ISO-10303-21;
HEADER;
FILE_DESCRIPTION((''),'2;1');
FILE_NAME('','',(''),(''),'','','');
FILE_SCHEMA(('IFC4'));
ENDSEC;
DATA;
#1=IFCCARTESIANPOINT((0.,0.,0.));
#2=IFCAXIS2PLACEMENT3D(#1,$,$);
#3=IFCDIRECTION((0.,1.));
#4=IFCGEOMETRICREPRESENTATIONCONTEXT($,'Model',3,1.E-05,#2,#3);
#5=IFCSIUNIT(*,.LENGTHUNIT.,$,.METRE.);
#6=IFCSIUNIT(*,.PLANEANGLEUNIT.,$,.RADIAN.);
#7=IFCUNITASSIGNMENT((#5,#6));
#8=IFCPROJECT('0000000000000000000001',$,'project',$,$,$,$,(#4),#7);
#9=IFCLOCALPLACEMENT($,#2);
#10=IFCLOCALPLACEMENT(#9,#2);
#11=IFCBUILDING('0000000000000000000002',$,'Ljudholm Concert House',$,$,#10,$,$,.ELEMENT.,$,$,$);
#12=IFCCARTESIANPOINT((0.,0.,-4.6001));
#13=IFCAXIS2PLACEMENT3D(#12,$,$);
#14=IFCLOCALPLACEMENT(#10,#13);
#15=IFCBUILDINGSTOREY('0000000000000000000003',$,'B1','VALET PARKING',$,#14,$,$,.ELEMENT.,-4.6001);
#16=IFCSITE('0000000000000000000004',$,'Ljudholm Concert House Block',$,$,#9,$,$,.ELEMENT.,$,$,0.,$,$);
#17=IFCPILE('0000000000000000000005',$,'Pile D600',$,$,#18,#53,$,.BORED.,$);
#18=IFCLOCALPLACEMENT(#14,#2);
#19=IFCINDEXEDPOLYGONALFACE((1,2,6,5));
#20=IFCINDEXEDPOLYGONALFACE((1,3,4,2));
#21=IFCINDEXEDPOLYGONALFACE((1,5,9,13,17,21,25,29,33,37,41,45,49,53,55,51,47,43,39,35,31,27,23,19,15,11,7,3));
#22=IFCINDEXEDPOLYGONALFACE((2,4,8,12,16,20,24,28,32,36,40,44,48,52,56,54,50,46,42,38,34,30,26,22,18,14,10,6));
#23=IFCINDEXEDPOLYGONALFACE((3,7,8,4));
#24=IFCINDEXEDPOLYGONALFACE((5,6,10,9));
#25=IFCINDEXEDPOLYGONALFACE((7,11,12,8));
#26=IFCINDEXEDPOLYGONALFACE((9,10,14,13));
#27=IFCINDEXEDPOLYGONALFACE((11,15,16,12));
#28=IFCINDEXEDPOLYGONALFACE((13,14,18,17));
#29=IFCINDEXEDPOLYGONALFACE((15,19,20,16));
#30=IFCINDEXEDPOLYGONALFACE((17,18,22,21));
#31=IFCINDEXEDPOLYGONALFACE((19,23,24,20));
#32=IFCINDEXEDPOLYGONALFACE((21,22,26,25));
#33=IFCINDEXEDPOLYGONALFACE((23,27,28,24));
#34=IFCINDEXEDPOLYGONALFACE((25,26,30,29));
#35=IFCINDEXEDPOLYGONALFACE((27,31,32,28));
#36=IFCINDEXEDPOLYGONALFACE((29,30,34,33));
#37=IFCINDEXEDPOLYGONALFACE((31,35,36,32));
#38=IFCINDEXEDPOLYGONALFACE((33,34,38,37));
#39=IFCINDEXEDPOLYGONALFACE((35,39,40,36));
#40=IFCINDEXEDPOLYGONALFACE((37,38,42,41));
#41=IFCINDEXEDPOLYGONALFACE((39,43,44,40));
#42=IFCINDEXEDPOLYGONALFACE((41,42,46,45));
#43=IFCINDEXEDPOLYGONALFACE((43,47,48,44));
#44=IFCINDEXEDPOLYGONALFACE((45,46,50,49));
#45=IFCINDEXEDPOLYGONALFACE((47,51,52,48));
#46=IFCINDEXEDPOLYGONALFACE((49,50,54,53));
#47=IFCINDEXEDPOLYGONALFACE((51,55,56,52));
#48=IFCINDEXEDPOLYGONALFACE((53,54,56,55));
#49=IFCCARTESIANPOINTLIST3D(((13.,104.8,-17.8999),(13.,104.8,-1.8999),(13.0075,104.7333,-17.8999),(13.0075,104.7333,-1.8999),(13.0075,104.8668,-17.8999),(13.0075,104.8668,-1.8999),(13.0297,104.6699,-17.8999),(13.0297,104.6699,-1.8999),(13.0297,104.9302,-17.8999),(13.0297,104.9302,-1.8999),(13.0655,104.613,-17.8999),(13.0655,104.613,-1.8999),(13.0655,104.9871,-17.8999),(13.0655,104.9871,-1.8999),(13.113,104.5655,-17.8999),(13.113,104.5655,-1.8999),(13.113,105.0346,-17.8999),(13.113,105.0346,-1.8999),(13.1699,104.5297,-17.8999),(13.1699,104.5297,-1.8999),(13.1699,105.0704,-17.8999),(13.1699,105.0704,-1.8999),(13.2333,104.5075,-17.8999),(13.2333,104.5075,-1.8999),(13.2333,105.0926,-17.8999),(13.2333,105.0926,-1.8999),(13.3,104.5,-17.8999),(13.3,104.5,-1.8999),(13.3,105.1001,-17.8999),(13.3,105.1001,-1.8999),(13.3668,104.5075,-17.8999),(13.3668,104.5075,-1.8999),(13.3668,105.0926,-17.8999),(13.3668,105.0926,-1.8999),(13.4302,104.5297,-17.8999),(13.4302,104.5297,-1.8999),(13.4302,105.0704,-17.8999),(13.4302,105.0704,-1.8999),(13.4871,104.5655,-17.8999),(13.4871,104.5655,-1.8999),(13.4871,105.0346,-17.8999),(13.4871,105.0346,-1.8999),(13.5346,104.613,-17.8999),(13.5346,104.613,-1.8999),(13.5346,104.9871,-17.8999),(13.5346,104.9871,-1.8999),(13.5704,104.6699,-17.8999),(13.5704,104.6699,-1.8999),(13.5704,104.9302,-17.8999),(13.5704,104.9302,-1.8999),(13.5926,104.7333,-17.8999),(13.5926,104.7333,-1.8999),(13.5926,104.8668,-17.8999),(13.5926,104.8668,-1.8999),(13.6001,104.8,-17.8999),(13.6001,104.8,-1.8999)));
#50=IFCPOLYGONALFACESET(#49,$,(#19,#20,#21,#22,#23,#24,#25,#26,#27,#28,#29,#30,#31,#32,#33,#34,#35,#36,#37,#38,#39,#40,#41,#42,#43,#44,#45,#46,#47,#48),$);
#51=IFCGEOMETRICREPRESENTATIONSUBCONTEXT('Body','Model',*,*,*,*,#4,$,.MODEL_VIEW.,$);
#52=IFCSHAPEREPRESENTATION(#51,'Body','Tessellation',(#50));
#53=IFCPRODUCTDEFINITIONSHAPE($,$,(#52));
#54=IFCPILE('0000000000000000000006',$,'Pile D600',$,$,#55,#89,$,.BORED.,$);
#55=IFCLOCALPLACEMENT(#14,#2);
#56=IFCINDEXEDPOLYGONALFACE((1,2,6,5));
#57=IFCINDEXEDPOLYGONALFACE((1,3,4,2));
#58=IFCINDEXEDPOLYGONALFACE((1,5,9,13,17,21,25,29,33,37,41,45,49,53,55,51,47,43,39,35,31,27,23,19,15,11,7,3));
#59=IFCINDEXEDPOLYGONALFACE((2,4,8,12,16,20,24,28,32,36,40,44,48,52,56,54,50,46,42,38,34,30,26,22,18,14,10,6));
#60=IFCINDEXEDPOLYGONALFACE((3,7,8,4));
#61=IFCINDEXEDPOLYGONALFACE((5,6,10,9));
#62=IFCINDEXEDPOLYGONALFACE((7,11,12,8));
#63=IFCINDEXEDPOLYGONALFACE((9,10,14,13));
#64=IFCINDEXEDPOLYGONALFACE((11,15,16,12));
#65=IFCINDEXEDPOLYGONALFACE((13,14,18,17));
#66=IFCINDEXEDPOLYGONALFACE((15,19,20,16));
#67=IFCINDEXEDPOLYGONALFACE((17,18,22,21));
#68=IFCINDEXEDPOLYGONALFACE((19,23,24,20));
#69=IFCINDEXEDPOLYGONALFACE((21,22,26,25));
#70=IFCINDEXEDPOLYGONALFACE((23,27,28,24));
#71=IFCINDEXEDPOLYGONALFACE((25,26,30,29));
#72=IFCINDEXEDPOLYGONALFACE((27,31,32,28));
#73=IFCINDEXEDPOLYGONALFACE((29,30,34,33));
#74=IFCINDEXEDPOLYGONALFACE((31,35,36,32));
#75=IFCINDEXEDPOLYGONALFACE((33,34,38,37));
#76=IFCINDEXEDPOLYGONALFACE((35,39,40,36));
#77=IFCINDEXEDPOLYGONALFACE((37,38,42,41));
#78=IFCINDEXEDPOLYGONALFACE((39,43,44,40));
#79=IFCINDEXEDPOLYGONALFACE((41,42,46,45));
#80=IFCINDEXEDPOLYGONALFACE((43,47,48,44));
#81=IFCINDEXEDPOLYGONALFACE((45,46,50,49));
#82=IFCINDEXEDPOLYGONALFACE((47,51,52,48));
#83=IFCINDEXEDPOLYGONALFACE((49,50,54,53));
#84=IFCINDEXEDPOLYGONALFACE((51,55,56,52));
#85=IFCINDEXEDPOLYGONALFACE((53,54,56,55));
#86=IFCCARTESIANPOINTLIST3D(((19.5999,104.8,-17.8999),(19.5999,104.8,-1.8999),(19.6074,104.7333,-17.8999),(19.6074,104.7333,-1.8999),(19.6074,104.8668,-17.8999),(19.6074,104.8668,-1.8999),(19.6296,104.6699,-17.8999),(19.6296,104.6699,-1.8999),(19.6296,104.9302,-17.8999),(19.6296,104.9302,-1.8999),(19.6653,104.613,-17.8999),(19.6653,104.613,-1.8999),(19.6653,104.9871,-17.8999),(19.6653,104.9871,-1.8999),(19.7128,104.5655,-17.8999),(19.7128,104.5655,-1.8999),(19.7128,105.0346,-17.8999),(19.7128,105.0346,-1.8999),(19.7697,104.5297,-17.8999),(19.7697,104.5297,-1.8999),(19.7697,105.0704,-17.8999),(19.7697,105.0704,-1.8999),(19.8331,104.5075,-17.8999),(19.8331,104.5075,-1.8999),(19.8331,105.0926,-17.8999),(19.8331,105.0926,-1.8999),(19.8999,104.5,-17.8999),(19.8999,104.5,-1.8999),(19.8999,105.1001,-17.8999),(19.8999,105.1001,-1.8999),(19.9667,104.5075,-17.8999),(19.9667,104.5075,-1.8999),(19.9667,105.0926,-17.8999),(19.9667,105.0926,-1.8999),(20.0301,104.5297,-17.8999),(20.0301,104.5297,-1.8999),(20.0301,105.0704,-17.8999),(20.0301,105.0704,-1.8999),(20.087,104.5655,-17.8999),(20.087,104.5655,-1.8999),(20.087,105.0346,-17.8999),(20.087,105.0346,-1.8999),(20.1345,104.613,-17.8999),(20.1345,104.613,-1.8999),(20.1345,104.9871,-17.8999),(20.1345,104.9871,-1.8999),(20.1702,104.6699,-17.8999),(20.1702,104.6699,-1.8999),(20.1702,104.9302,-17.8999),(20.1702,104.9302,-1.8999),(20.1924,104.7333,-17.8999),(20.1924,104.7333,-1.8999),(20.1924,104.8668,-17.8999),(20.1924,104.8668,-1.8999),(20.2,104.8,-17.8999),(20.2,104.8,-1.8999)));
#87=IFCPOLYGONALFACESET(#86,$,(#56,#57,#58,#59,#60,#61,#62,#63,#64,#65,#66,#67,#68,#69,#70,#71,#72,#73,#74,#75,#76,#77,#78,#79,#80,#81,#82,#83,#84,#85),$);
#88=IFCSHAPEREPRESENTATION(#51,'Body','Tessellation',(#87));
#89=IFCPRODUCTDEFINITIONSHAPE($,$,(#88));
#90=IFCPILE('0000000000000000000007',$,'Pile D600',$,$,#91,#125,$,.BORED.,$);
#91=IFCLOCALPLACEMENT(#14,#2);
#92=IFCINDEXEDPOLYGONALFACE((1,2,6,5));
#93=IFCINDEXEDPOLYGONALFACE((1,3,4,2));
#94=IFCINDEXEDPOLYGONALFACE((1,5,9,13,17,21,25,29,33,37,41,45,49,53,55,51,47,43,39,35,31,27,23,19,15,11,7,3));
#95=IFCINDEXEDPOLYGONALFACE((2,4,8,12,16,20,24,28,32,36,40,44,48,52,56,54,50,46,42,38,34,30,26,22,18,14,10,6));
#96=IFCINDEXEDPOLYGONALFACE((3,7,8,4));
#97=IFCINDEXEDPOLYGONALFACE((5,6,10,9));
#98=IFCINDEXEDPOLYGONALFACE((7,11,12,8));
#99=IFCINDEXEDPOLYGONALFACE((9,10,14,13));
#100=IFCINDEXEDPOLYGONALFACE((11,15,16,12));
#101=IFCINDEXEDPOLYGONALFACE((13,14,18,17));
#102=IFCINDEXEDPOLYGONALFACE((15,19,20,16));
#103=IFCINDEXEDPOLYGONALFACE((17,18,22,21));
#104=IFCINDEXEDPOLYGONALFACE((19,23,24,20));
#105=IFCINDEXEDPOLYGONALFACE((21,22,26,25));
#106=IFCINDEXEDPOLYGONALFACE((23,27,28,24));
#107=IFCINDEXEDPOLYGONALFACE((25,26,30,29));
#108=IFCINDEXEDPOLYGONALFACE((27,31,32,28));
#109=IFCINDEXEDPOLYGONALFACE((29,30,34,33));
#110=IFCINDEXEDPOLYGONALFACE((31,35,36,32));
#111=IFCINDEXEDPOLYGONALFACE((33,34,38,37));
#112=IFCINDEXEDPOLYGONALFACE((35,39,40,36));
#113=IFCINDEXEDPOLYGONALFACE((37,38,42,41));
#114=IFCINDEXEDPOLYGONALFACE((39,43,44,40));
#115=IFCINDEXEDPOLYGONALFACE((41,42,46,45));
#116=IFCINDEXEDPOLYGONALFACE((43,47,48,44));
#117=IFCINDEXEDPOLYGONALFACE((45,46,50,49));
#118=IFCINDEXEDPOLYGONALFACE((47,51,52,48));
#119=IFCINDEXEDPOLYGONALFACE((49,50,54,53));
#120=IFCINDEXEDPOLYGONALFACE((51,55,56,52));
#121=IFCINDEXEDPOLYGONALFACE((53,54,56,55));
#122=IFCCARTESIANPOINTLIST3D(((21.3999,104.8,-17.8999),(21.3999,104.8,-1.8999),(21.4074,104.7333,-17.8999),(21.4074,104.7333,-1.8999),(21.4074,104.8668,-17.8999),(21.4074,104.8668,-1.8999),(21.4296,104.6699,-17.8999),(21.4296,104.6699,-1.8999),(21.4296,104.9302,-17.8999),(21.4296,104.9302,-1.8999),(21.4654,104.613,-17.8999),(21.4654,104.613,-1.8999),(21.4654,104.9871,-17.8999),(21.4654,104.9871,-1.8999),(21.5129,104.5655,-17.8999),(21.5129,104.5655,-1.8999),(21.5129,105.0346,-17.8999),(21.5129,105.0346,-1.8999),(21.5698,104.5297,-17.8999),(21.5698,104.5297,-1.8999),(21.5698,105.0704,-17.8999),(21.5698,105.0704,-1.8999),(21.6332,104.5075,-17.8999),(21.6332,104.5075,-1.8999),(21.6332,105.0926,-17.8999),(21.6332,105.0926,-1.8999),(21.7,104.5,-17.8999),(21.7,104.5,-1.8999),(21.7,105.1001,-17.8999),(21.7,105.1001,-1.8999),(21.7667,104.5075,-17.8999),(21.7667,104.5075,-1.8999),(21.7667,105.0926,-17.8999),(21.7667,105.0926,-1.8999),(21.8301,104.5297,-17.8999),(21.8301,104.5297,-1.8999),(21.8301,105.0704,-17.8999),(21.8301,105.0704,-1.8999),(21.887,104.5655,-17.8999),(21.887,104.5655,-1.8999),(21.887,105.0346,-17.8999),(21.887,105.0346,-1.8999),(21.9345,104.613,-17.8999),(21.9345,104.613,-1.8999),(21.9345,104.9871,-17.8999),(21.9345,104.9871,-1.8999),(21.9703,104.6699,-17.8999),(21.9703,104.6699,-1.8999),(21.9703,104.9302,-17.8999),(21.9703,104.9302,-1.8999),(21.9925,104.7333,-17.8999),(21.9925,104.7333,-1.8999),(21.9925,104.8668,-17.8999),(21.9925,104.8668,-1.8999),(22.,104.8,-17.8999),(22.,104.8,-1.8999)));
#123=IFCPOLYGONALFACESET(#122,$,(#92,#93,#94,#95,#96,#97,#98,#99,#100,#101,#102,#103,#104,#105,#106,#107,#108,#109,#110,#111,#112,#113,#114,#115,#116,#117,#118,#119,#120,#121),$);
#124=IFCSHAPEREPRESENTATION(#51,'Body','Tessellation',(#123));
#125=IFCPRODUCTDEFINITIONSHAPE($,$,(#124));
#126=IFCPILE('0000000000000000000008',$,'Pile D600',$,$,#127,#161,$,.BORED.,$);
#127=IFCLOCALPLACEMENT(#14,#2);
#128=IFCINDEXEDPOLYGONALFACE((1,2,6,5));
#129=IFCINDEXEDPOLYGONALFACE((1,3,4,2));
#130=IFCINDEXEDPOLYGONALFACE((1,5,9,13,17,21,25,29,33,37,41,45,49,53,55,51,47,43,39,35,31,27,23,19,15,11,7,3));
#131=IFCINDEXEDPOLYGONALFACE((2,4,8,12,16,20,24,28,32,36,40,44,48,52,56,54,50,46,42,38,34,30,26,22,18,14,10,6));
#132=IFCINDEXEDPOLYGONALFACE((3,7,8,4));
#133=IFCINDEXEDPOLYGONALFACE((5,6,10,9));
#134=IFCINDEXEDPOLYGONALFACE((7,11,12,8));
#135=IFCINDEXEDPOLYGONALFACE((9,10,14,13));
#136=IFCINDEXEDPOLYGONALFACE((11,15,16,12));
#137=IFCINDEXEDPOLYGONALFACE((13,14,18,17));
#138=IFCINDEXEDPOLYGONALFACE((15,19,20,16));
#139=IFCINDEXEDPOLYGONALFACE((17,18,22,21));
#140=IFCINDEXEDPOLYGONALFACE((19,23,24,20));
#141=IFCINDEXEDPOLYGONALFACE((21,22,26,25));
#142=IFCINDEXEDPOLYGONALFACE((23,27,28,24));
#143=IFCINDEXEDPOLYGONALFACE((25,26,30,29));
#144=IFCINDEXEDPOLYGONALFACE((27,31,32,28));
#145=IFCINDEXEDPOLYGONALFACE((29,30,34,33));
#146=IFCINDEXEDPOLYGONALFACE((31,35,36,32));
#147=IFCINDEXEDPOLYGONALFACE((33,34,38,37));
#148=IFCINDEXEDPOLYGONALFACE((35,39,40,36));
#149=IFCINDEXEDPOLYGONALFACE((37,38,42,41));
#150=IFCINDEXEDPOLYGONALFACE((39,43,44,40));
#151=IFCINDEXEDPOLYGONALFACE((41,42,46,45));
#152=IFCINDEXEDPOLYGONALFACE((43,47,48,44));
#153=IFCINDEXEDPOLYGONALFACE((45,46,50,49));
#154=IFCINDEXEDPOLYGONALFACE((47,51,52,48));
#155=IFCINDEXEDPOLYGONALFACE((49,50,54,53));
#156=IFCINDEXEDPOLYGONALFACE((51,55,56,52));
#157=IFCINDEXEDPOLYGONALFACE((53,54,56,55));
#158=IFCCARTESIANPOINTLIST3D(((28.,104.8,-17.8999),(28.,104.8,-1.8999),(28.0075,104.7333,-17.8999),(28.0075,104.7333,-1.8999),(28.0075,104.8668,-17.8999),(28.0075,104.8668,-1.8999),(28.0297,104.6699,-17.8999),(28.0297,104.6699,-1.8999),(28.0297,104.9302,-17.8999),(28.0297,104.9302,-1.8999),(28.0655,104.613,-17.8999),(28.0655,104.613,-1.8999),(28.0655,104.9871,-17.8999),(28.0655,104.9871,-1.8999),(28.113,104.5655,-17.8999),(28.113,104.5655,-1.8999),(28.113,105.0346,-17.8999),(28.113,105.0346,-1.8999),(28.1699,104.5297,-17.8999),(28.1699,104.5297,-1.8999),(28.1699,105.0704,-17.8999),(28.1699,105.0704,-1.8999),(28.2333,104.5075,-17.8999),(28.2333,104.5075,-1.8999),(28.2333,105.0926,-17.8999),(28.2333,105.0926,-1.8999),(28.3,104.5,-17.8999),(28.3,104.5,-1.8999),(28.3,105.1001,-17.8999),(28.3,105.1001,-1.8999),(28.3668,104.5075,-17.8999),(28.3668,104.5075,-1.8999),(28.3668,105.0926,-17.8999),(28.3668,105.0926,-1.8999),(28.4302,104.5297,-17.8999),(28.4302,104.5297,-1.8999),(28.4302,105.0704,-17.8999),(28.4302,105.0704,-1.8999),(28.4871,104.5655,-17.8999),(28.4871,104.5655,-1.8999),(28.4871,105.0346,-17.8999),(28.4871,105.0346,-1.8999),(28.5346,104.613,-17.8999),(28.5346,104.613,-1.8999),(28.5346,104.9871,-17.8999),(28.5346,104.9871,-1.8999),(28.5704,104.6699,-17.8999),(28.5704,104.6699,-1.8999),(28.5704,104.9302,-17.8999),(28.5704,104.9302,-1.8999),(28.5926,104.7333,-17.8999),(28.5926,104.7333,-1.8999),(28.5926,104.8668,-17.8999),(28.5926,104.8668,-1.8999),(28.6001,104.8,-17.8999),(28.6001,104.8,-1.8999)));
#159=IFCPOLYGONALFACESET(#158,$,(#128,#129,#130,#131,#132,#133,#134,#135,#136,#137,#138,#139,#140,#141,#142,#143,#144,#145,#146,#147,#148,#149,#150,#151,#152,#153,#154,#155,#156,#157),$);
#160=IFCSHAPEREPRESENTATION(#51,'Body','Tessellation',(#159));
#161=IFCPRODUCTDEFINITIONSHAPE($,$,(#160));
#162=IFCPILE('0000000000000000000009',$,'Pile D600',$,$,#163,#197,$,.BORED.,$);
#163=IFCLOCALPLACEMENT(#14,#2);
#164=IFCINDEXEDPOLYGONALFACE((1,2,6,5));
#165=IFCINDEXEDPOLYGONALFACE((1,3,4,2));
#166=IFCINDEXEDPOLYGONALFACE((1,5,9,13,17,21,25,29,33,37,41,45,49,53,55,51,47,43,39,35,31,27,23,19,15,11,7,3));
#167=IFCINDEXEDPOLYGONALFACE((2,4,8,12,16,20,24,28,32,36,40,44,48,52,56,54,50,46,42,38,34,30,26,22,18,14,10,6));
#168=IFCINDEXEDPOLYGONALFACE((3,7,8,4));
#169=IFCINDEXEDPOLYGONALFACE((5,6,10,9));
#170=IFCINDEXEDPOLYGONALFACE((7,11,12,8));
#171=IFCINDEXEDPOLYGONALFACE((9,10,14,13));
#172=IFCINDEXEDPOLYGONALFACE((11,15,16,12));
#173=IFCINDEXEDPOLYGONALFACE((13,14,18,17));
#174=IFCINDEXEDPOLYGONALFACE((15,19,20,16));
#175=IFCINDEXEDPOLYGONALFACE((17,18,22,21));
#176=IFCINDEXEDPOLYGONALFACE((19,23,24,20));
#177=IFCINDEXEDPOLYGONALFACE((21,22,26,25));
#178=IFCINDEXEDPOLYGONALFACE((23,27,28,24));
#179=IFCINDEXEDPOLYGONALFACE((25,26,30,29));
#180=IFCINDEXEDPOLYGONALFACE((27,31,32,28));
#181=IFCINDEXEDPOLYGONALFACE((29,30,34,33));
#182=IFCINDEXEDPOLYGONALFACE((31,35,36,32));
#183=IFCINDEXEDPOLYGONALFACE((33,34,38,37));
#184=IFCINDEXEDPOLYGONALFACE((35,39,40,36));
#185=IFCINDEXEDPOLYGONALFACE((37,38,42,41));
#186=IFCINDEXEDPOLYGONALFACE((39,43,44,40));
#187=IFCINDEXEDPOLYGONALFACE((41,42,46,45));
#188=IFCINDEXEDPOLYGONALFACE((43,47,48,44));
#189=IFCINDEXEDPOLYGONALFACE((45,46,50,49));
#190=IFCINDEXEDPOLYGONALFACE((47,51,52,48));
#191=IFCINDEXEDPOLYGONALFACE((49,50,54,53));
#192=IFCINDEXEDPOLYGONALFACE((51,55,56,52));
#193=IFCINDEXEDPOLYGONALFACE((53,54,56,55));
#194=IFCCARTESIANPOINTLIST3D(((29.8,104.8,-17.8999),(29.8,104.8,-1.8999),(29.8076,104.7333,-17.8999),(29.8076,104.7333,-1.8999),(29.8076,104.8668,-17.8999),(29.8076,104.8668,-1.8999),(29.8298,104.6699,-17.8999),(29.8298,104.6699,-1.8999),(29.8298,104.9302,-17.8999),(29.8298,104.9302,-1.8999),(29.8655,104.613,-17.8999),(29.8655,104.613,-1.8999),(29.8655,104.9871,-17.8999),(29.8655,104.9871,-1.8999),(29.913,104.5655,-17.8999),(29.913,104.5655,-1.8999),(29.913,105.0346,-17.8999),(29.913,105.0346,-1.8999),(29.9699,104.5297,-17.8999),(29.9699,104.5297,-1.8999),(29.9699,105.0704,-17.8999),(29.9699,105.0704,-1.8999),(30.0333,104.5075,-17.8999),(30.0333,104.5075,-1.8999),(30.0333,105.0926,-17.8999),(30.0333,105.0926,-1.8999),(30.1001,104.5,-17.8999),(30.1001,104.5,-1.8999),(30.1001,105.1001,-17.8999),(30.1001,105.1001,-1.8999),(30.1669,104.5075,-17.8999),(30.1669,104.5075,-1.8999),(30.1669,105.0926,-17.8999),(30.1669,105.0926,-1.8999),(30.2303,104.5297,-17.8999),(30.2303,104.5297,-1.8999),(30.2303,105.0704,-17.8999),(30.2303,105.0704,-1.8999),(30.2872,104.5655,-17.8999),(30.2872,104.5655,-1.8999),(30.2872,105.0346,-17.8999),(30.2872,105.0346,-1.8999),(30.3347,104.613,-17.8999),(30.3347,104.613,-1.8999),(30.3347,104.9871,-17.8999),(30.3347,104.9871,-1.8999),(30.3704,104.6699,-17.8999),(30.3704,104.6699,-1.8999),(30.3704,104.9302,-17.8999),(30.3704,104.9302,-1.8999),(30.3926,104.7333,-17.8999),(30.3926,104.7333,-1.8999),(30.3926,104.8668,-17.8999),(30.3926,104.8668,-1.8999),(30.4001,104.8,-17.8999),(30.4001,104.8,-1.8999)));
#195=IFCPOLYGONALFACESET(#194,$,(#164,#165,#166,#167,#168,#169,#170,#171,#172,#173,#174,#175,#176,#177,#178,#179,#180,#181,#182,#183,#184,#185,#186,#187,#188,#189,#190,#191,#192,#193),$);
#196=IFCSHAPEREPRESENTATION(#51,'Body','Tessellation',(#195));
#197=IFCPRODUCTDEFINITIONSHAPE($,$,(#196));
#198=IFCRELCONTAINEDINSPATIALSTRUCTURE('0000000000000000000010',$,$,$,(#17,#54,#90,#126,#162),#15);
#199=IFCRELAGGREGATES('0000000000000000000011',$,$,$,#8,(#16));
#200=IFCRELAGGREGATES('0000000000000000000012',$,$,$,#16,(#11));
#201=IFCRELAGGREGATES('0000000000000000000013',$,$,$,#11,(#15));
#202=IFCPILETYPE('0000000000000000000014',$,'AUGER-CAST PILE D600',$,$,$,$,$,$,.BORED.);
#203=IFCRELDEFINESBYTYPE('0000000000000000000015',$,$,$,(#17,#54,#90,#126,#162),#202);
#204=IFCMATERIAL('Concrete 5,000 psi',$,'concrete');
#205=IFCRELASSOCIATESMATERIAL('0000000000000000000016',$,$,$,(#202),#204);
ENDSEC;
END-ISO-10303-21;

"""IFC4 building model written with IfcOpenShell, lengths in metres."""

from ifc_helpers import new_model, si_unit, direction, frame, origin, origin_2d, place, context, subcontext, project, spatial, circle, extrude, material, material_profile, profile_set, type_object, element, save


model = new_model("IFC4")

# Units and contexts
model_context = context("Model", 3, precision=1e-05, world=origin(), true_north=direction((0.0, 1.0)))
body_context = subcontext(model_context, "Body", "Model", "MODEL_VIEW")
ifc_project = project(units=[si_unit("LENGTHUNIT", "METRE"), si_unit("PLANEANGLEUNIT", "RADIAN")], contexts=[model_context])

# Site, building, storey
site_placement = place(None, origin())
site = spatial("IfcSite", under=ifc_project, at=site_placement, Name="Ljudholm Concert House Block", CompositionType="ELEMENT", RefElevation=0.0)
building_placement = place(site_placement, origin())
building = spatial("IfcBuilding", under=site, at=building_placement, Name="Ljudholm Concert House", CompositionType="ELEMENT")
storey_placement = place(building_placement, frame((0.0, 0.0, -4.6001)))
storey = spatial("IfcBuildingStorey", under=building, at=storey_placement, Name="B1", Description="VALET PARKING", CompositionType="ELEMENT", Elevation=-4.6001)

# Piles
ifc_material_1 = material(Name="Concrete 5,000 psi", Category="concrete")
ifc_material_profile = material_profile(ifc_material_1, circle(Radius=0.3, at=origin_2d()), Name="AUGER-CAST PILE D600")
ifc_profile_set = profile_set([ifc_material_profile], Name="Concrete 5,000 psi")
pile_type = type_object("IfcPileType", Name="AUGER-CAST PILE D600", PredefinedType="BORED", material=ifc_profile_set)
for number, where, z_axis, x_axis, name in (
    (1, (13.3, 104.8, -1.8999), (0.0, 0.0, -1.0), (1.0, 0.0, 0.0), "Pile D600"),
    (2, (19.8999, 104.8, -1.8999), (0.0, 0.0, -1.0), (1.0, 0.0, 0.0), "Pile D600"),
    (3, (21.7, 104.8, -1.8999), (0.0, 0.0, -1.0), (1.0, 0.0, 0.0), "Pile D600"),
    (4, (28.3, 104.8, -1.8999), (0.0, 0.0, -1.0), (1.0, 0.0, 0.0), "Pile D600"),
    (5, (30.1001, 104.8, -1.8999), (0.0, 0.0, -1.0), (1.0, 0.0, 0.0), "Pile D600"),
):
    element("IfcPile", number, at=place(storey_placement, frame(where, z_axis=z_axis, x_axis=x_axis)), inside=storey, type_object=pile_type, Name=name, PredefinedType="BORED", context=body_context, shape_type="SweptSolid", body=[
        extrude(circle(Radius=0.3, at=origin_2d()), origin(), (0.0, 0.0, 1.0), 16.0),
    ])

save(model, "model.ifc")
